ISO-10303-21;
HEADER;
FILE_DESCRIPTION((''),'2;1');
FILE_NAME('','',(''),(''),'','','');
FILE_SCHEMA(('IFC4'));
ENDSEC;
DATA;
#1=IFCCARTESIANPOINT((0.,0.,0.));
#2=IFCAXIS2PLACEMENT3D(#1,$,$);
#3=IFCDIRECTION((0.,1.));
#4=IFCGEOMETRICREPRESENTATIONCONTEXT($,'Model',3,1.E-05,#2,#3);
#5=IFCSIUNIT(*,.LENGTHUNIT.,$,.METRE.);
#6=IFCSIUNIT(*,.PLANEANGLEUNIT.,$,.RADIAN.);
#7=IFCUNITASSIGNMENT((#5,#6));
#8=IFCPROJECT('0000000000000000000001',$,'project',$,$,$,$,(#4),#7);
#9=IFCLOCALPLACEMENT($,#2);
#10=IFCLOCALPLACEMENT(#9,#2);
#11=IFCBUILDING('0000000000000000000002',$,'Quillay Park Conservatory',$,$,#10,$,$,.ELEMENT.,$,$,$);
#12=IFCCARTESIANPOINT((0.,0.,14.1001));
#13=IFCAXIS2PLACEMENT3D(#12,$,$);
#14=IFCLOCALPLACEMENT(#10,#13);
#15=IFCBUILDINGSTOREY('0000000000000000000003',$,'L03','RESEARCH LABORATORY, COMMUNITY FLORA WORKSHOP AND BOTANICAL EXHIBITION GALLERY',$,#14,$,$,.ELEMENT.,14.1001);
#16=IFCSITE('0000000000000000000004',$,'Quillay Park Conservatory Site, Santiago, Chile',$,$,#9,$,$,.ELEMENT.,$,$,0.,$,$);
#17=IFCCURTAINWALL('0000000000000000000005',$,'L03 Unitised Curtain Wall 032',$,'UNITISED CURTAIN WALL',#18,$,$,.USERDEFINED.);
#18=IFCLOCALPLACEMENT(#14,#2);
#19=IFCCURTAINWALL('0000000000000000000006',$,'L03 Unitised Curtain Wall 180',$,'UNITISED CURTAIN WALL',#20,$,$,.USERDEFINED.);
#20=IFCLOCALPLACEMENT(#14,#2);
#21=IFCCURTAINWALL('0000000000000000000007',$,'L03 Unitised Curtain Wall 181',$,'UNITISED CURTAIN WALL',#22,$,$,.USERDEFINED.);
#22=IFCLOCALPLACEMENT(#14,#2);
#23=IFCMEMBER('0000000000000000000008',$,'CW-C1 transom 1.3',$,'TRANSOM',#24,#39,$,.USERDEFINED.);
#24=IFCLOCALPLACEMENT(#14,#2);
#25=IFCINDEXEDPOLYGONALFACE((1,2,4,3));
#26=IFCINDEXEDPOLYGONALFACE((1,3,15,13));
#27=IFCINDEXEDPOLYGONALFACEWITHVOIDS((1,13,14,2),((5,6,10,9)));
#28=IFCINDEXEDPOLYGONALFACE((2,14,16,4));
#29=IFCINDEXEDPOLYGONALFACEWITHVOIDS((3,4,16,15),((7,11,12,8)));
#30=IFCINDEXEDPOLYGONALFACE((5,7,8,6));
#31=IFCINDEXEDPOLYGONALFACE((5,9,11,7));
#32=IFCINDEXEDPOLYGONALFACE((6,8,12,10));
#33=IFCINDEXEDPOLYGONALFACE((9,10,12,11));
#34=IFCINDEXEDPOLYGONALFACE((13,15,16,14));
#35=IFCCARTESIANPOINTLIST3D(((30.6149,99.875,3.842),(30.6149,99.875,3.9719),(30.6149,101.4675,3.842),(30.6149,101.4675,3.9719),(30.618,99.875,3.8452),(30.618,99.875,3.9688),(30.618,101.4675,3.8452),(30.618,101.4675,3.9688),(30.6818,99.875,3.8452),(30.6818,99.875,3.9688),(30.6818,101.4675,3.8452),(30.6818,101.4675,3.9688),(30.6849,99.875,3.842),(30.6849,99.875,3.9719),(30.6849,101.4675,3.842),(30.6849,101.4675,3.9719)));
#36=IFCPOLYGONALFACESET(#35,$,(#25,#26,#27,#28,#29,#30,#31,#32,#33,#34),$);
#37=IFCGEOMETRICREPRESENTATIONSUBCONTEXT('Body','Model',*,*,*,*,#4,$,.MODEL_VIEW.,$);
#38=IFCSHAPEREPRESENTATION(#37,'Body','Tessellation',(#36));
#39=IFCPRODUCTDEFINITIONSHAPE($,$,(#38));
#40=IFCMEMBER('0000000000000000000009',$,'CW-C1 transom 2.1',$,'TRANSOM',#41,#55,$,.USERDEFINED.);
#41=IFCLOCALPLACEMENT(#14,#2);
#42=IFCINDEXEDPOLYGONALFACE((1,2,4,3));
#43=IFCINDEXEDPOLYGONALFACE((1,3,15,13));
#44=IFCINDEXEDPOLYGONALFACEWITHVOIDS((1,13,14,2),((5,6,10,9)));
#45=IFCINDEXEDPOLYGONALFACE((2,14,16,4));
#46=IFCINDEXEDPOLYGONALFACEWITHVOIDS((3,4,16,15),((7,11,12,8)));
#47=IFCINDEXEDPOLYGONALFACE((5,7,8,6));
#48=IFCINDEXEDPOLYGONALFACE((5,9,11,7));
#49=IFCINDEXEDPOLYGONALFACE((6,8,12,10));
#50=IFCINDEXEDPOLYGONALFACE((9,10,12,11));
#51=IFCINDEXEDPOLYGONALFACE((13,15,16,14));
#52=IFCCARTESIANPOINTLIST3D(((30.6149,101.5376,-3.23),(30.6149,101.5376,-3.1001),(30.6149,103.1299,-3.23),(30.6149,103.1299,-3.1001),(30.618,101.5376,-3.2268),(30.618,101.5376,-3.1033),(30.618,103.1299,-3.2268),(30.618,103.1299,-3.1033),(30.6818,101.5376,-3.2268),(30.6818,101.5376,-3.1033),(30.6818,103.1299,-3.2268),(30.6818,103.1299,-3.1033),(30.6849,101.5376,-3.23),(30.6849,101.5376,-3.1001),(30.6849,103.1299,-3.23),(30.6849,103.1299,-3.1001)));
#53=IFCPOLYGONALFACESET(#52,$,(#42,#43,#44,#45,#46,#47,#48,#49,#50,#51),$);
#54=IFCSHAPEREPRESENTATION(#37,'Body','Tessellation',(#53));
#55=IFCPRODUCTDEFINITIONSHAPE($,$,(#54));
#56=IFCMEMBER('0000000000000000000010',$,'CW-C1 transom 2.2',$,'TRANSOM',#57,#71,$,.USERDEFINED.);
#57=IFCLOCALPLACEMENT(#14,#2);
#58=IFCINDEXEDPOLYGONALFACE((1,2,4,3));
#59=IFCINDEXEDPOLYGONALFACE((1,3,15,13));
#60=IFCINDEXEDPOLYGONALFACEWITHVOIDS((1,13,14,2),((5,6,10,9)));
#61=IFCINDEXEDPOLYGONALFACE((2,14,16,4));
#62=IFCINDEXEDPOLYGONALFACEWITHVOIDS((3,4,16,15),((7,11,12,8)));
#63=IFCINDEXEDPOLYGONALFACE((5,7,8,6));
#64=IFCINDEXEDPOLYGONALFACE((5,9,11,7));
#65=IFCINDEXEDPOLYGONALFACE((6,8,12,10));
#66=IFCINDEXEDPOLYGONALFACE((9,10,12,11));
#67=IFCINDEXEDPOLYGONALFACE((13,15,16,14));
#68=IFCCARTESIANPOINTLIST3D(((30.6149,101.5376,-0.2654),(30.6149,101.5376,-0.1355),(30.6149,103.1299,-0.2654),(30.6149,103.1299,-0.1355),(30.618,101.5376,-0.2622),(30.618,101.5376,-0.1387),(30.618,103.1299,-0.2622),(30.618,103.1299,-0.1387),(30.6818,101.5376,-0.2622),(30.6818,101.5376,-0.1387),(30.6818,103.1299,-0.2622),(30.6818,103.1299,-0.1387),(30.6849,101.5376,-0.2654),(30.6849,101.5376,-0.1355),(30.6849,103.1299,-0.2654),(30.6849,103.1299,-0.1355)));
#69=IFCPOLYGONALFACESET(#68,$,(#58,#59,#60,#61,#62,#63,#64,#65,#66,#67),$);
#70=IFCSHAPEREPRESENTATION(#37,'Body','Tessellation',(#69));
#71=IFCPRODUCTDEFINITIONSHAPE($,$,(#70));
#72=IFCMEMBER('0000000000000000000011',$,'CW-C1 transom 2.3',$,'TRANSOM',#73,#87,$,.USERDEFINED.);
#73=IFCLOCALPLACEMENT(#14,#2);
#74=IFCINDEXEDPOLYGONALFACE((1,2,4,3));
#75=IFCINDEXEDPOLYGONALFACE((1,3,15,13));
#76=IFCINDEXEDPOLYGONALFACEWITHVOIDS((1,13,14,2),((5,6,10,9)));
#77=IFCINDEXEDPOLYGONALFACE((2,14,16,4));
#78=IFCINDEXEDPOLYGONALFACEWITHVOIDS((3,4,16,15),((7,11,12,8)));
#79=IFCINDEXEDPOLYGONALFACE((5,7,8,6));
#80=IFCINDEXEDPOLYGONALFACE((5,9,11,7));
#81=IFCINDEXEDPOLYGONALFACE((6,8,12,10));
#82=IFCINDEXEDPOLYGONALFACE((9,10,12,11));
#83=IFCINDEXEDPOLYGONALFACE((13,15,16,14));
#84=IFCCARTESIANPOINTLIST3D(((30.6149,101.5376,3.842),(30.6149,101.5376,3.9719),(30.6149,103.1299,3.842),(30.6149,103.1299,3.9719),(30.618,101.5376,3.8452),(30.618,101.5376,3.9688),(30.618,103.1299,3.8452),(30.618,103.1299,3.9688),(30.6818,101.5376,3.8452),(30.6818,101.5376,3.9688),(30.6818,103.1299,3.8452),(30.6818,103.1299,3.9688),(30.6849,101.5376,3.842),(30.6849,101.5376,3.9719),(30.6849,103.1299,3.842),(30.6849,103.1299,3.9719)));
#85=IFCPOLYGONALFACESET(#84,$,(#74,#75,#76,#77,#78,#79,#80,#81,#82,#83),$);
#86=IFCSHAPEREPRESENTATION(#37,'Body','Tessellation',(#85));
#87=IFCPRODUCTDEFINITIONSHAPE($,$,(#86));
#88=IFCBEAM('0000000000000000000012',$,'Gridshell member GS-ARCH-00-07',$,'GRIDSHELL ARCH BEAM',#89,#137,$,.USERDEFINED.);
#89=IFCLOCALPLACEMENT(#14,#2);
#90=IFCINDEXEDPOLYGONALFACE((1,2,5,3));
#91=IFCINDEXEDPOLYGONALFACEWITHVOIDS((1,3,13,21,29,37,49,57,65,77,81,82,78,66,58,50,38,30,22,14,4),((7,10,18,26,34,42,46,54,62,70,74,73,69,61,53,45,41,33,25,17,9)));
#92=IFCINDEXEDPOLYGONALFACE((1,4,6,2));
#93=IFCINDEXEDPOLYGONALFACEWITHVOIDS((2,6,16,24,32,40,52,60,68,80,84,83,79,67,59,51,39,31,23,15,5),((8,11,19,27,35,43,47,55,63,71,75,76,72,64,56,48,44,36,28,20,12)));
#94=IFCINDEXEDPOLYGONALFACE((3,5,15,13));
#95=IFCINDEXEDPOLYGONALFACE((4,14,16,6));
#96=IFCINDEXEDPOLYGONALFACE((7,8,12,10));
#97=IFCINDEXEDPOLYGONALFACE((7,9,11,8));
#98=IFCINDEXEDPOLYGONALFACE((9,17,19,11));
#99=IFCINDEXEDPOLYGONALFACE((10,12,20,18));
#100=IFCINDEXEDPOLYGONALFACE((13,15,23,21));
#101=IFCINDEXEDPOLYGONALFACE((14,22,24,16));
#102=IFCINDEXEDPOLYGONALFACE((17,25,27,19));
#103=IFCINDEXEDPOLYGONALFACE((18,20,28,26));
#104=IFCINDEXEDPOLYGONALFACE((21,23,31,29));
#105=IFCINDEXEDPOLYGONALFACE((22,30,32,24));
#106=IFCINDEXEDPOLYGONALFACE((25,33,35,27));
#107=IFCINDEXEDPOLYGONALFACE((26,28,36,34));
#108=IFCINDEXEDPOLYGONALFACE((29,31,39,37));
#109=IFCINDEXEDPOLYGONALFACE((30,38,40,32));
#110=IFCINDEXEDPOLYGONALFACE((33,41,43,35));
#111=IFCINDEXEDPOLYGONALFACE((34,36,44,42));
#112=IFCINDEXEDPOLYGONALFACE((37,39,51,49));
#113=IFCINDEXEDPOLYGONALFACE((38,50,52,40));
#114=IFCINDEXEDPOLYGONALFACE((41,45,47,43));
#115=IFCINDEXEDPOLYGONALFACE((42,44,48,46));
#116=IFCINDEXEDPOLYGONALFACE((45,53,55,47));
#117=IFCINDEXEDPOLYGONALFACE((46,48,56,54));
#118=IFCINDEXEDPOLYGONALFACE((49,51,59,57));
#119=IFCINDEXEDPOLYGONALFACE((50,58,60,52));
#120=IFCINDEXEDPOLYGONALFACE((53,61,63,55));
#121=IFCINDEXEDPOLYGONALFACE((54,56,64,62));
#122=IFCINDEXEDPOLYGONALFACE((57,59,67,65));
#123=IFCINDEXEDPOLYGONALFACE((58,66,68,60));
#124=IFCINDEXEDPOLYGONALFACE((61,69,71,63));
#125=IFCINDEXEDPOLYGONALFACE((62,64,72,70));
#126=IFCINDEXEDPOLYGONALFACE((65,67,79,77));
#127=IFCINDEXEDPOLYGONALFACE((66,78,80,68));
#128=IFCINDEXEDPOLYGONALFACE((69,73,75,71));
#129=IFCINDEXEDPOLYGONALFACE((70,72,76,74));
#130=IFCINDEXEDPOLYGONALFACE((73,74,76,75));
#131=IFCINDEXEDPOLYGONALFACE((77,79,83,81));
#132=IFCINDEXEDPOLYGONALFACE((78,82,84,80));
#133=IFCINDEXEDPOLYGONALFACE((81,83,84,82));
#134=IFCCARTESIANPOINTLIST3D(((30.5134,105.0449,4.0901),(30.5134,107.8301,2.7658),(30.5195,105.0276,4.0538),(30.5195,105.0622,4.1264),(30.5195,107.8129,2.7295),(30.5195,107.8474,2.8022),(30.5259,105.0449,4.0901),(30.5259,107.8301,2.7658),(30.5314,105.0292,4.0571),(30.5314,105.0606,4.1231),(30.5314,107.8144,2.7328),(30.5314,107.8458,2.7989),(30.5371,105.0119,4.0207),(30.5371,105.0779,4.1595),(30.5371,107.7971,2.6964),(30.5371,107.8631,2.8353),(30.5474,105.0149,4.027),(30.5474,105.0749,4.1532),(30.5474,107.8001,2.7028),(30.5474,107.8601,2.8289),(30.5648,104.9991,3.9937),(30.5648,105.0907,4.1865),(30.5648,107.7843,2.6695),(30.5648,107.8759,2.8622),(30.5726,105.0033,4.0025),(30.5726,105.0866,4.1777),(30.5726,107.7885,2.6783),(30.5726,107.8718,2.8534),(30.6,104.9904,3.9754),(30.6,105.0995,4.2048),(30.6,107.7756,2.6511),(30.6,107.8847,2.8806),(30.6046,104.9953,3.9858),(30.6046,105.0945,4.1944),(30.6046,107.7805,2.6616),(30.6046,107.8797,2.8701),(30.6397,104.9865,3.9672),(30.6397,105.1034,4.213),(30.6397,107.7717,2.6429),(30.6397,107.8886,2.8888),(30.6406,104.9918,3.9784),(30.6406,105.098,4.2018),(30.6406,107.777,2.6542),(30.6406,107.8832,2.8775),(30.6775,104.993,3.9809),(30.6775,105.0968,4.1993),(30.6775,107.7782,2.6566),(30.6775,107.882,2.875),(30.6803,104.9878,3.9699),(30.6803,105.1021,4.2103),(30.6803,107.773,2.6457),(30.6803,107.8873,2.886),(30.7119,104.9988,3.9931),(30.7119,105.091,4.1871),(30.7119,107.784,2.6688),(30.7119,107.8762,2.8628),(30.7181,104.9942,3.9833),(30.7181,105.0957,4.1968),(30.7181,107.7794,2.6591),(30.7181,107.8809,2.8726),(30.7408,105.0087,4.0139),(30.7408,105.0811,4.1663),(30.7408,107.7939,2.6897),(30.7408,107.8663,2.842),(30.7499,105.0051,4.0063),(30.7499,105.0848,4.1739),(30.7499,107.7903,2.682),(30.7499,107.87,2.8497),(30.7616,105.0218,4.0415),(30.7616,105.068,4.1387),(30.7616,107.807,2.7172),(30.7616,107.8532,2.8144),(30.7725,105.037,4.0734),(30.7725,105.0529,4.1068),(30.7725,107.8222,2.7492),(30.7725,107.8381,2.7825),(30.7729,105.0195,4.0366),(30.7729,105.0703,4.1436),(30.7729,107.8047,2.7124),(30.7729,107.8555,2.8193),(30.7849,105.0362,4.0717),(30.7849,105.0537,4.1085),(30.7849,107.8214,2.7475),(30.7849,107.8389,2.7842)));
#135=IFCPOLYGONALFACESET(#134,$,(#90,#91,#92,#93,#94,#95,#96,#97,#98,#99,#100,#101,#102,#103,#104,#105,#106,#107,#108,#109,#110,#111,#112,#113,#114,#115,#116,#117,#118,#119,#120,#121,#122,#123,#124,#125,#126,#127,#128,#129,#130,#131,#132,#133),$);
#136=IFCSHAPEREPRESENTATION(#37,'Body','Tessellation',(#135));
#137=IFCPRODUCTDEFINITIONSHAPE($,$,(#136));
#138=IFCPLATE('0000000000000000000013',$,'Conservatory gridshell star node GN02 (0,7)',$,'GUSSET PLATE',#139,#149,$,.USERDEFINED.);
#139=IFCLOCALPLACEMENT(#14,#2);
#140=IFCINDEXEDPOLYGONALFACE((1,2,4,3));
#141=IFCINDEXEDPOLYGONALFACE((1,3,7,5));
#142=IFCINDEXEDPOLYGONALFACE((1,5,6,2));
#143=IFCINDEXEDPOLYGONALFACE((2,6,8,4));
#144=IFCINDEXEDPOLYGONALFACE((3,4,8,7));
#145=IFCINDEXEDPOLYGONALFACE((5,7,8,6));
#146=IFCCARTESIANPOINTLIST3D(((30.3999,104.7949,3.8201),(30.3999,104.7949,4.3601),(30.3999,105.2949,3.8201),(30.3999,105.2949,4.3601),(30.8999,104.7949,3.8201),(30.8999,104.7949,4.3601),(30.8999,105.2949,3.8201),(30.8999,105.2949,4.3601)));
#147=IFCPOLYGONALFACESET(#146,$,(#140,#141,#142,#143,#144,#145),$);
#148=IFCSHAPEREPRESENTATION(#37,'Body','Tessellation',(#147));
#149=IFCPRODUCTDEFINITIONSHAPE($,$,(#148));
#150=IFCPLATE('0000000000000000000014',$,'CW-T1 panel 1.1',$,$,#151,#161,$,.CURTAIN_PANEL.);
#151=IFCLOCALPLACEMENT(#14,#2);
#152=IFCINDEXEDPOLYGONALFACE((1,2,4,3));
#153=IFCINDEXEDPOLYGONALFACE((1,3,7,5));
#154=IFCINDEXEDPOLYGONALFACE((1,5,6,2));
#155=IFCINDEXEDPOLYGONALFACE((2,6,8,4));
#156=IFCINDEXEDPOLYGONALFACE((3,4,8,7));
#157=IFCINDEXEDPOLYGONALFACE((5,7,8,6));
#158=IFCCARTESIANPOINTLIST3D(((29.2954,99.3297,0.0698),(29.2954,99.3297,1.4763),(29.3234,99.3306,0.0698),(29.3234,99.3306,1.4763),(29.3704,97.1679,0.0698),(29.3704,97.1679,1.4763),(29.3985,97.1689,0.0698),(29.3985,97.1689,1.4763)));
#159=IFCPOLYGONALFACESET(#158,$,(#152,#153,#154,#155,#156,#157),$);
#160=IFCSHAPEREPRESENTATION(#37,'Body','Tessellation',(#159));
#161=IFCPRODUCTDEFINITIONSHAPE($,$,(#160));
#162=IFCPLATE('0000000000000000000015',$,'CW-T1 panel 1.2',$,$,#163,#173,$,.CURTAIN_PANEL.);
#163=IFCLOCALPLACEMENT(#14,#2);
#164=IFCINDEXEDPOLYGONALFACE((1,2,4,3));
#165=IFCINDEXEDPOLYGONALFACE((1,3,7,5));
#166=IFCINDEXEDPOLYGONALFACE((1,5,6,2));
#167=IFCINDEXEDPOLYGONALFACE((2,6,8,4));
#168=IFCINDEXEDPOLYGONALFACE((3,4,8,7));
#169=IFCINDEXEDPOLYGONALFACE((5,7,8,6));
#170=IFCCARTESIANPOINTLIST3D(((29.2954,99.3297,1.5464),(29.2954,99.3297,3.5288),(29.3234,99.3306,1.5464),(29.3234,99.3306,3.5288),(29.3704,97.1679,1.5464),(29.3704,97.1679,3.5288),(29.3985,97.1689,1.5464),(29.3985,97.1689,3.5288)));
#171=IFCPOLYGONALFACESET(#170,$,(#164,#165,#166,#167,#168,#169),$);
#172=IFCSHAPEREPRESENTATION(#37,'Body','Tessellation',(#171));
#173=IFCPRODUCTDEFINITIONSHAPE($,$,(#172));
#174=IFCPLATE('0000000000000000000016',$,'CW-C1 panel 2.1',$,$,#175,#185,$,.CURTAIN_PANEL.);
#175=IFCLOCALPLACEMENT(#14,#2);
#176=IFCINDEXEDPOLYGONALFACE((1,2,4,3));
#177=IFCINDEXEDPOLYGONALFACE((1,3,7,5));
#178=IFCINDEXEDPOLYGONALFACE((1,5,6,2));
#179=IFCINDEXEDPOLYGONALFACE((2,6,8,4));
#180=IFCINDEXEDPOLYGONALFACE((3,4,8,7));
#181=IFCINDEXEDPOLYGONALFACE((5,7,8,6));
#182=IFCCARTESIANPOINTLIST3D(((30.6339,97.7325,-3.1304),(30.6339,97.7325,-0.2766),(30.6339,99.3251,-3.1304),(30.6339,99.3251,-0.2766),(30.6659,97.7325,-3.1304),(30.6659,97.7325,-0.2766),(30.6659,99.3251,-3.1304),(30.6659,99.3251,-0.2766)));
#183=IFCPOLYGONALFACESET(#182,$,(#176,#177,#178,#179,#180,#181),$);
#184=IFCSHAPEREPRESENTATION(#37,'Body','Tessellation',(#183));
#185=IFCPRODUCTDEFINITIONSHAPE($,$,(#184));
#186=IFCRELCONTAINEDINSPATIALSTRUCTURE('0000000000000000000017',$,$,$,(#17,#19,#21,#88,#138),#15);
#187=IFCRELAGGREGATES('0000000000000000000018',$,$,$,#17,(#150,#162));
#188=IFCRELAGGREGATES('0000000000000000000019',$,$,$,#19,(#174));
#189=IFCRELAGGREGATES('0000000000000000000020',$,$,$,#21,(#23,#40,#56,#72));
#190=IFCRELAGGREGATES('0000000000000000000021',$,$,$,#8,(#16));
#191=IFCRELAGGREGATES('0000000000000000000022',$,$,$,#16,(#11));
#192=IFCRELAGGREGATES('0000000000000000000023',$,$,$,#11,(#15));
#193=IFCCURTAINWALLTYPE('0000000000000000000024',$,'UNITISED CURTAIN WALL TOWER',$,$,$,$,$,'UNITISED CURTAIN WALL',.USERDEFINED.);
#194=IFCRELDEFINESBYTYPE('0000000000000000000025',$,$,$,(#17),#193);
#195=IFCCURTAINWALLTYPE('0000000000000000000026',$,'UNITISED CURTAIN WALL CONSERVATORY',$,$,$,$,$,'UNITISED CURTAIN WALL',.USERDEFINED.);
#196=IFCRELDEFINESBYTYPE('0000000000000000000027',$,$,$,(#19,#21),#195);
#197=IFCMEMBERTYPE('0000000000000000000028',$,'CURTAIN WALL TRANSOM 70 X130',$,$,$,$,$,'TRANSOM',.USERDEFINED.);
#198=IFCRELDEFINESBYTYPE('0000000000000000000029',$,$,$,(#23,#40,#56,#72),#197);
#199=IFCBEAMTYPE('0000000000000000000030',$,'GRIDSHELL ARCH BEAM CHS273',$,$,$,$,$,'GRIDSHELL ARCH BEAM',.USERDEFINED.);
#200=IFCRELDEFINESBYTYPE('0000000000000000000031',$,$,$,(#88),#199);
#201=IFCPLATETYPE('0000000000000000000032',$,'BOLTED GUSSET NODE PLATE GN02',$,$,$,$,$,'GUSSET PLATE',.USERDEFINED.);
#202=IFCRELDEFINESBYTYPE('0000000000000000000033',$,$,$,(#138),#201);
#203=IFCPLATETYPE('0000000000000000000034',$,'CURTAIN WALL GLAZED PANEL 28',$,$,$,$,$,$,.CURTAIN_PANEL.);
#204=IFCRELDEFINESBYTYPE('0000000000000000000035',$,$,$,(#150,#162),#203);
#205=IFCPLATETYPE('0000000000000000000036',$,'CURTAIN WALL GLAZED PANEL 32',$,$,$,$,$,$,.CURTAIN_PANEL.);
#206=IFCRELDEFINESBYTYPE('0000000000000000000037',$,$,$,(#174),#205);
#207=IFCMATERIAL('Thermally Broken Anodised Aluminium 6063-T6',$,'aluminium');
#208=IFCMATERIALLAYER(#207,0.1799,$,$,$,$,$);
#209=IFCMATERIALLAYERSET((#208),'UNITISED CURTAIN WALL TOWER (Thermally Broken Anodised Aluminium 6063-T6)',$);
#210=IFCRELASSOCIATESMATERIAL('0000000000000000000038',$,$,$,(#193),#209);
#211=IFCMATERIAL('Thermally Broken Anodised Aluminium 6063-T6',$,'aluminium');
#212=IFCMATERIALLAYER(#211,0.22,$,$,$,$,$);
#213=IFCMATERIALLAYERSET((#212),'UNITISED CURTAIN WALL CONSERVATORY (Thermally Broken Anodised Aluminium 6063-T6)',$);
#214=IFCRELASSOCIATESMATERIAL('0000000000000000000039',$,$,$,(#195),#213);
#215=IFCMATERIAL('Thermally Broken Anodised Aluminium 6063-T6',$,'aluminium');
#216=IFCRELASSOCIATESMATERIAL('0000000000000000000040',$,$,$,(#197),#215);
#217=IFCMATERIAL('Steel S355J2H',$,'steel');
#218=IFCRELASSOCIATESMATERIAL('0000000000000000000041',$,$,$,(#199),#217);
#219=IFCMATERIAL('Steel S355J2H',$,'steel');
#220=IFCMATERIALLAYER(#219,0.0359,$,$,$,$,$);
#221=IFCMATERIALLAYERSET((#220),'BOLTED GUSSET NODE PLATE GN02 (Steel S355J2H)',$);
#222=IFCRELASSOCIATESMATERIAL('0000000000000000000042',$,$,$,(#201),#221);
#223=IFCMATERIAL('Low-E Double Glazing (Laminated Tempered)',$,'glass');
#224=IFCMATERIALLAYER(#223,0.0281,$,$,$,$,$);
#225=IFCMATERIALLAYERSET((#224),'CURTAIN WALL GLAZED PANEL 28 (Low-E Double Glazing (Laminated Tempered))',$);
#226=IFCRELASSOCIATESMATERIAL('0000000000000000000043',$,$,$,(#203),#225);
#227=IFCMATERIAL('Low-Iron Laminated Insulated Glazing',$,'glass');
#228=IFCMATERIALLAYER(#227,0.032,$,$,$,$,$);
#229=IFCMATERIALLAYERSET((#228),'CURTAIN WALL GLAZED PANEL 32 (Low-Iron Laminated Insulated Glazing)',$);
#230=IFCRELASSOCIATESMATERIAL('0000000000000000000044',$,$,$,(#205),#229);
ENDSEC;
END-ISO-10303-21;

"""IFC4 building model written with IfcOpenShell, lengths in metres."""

from ifc_helpers import new_model, si_unit, direction, frame, origin, origin_2d, place, context, subcontext, project, spatial, rectangle, hollow_rectangle, hollow_circle, extrude, material, layer, layer_set, material_profile, profile_set, type_object, element, aggregate, save


model = new_model("IFC4")

# Units and contexts
model_context = context("Model", 3, precision=1e-05, world=origin(), true_north=direction((0.0, 1.0)))
body_context = subcontext(model_context, "Body", "Model", "MODEL_VIEW")
ifc_project = project(units=[si_unit("LENGTHUNIT", "METRE"), si_unit("PLANEANGLEUNIT", "RADIAN")], contexts=[model_context])

# Site, building, storey
site_placement = place(None, origin())
site = spatial("IfcSite", under=ifc_project, at=site_placement, Name="Quillay Park Conservatory Site, Santiago, Chile", CompositionType="ELEMENT", RefElevation=0.0)
building_placement = place(site_placement, origin())
building = spatial("IfcBuilding", under=site, at=building_placement, Name="Quillay Park Conservatory", CompositionType="ELEMENT")
storey_placement = place(building_placement, frame((0.0, 0.0, 14.1001)))
storey = spatial("IfcBuildingStorey", under=building, at=storey_placement, Name="L03", Description="RESEARCH LABORATORY, COMMUNITY FLORA WORKSHOP AND BOTANICAL EXHIBITION GALLERY", CompositionType="ELEMENT", Elevation=14.1001)

# Curtain walls
ifc_material_1 = material(Name="Thermally Broken Anodised Aluminium 6063-T6", Category="aluminium")
ifc_layer_1 = layer(ifc_material_1, 0.1799)
ifc_layer_set_1 = layer_set([ifc_layer_1], Name="UNITISED CURTAIN WALL TOWER (Thermally Broken Anodised Aluminium 6063-T6)")
curtain_wall_type_1 = type_object("IfcCurtainWallType", Name="UNITISED CURTAIN WALL TOWER", ElementType="UNITISED CURTAIN WALL", PredefinedType="USERDEFINED", material=ifc_layer_set_1)
curtain_wall_1_placement = place(storey_placement, origin())
curtain_wall_1 = element("IfcCurtainWall", 1, at=curtain_wall_1_placement, inside=storey, type_object=curtain_wall_type_1, Name="L03 Unitised Curtain Wall 032", ObjectType="UNITISED CURTAIN WALL", PredefinedType="USERDEFINED")
ifc_material_2 = material(Name="Thermally Broken Anodised Aluminium 6063-T6", Category="aluminium")
ifc_layer_2 = layer(ifc_material_2, 0.22)
ifc_layer_set_2 = layer_set([ifc_layer_2], Name="UNITISED CURTAIN WALL CONSERVATORY (Thermally Broken Anodised Aluminium 6063-T6)")
curtain_wall_type_2 = type_object("IfcCurtainWallType", Name="UNITISED CURTAIN WALL CONSERVATORY", ElementType="UNITISED CURTAIN WALL", PredefinedType="USERDEFINED", material=ifc_layer_set_2)
curtain_wall_2_placement = place(storey_placement, origin())
curtain_wall_2 = element("IfcCurtainWall", 2, at=curtain_wall_2_placement, inside=storey, type_object=curtain_wall_type_2, Name="L03 Unitised Curtain Wall 180", ObjectType="UNITISED CURTAIN WALL", PredefinedType="USERDEFINED")

# Curtain wall
curtain_wall_3_placement = place(storey_placement, origin())
curtain_wall_3 = element("IfcCurtainWall", 3, at=curtain_wall_3_placement, inside=storey, type_object=curtain_wall_type_2, Name="L03 Unitised Curtain Wall 181", ObjectType="UNITISED CURTAIN WALL", PredefinedType="USERDEFINED")

# Members
ifc_material_3 = material(Name="Thermally Broken Anodised Aluminium 6063-T6", Category="aluminium")
ifc_material_profile_1 = material_profile(ifc_material_3, hollow_rectangle(XDim=0.0701, YDim=0.1299, WallThickness=0.0032, at=origin_2d()), Name="AL70x130x3.2")
ifc_profile_set_1 = profile_set([ifc_material_profile_1], Name="Thermally Broken Anodised Aluminium 6063-T6")
member_type_1 = type_object("IfcMemberType", Name="CURTAIN WALL TRANSOM 70 X130", ElementType="TRANSOM", PredefinedType="USERDEFINED", material=ifc_profile_set_1)
member_1_placement = place(storey_placement, frame((30.6499, 99.875, 3.907), z_axis=(0.0, 1.0, 0.0), x_axis=(-1.0, 0.0, 0.0)))
member_1 = element("IfcMember", 4, at=member_1_placement, type_object=member_type_1, Name="CW-C1 transom 1.3", ObjectType="TRANSOM", PredefinedType="USERDEFINED", context=body_context, shape_type="SweptSolid", body=[
    extrude(hollow_rectangle(XDim=0.0701, YDim=0.1299, WallThickness=0.0032, at=origin_2d()), origin(), (0.0, 0.0, 1.0), 1.5925),
])
member_2_placement = place(storey_placement, frame((30.6499, 101.5376, -3.165), z_axis=(0.0, 1.0, 0.0), x_axis=(-1.0, 0.0, 0.0)))
member_2 = element("IfcMember", 5, at=member_2_placement, type_object=member_type_1, Name="CW-C1 transom 2.1", ObjectType="TRANSOM", PredefinedType="USERDEFINED", context=body_context, shape_type="SweptSolid", body=[
    extrude(hollow_rectangle(XDim=0.0701, YDim=0.1299, WallThickness=0.0032, at=origin_2d()), origin(), (0.0, 0.0, 1.0), 1.5923),
])
member_3_placement = place(storey_placement, frame((30.6499, 101.5376, -0.2004), z_axis=(0.0, 1.0, 0.0), x_axis=(-1.0, 0.0, 0.0)))
member_3 = element("IfcMember", 6, at=member_3_placement, type_object=member_type_1, Name="CW-C1 transom 2.2", ObjectType="TRANSOM", PredefinedType="USERDEFINED", context=body_context, shape_type="SweptSolid", body=[
    extrude(hollow_rectangle(XDim=0.0701, YDim=0.1299, WallThickness=0.0032, at=origin_2d()), origin(), (0.0, 0.0, 1.0), 1.5923),
])
member_4_placement = place(storey_placement, frame((30.6499, 101.5376, 3.907), z_axis=(0.0, 1.0, 0.0), x_axis=(-1.0, 0.0, 0.0)))
member_4 = element("IfcMember", 7, at=member_4_placement, type_object=member_type_1, Name="CW-C1 transom 2.3", ObjectType="TRANSOM", PredefinedType="USERDEFINED", context=body_context, shape_type="SweptSolid", body=[
    extrude(hollow_rectangle(XDim=0.0701, YDim=0.1299, WallThickness=0.0032, at=origin_2d()), origin(), (0.0, 0.0, 1.0), 1.5923),
])

# Beam
ifc_material_4 = material(Name="Steel S355J2H", Category="steel")
ifc_material_profile_2 = material_profile(ifc_material_4, hollow_circle(Radius=0.1365, WallThickness=0.0125, at=origin_2d()), Name="CHS273x12.5")
ifc_profile_set_2 = profile_set([ifc_material_profile_2], Name="Steel S355J2H")
beam_type = type_object("IfcBeamType", Name="GRIDSHELL ARCH BEAM CHS273", ElementType="GRIDSHELL ARCH BEAM", PredefinedType="USERDEFINED", material=ifc_profile_set_2)
beam_placement = place(storey_placement, frame((30.6499, 105.0449, 4.0901), z_axis=(0.0, 0.903118, -0.429393), x_axis=(-1.0, 0.0, 0.0)))
element("IfcBeam", 8, at=beam_placement, inside=storey, type_object=beam_type, Name="Gridshell member GS-ARCH-00-07", ObjectType="GRIDSHELL ARCH BEAM", PredefinedType="USERDEFINED", context=body_context, shape_type="SweptSolid", body=[
    extrude(hollow_circle(Radius=0.1365, WallThickness=0.0125, at=origin_2d()), origin(), (0.0, 0.0, 1.0), 3.084),
])

# Plates
ifc_material_5 = material(Name="Steel S355J2H", Category="steel")
ifc_layer_3 = layer(ifc_material_5, 0.0359)
ifc_layer_set_3 = layer_set([ifc_layer_3], Name="BOLTED GUSSET NODE PLATE GN02 (Steel S355J2H)")
plate_type_1 = type_object("IfcPlateType", Name="BOLTED GUSSET NODE PLATE GN02", ElementType="GUSSET PLATE", PredefinedType="USERDEFINED", material=ifc_layer_set_3)
plate_1_placement = place(storey_placement, frame((30.6499, 105.0449, 3.8201), z_axis=(0.0, 0.0, 1.0), x_axis=(1.0, 0.0, 0.0)))
element("IfcPlate", 9, at=plate_1_placement, inside=storey, type_object=plate_type_1, Name="Conservatory gridshell star node GN02 (0,7)", ObjectType="GUSSET PLATE", PredefinedType="USERDEFINED", context=body_context, shape_type="SweptSolid", body=[
    extrude(rectangle(XDim=0.5, YDim=0.5, at=origin_2d()), origin(), (0.0, 0.0, 1.0), 0.54),
])
ifc_material_6 = material(Name="Low-E Double Glazing (Laminated Tempered)", Category="glass")
ifc_layer_4 = layer(ifc_material_6, 0.0281)
ifc_layer_set_4 = layer_set([ifc_layer_4], Name="CURTAIN WALL GLAZED PANEL 28 (Low-E Double Glazing (Laminated Tempered))")
plate_type_2 = type_object("IfcPlateType", Name="CURTAIN WALL GLAZED PANEL 28", PredefinedType="CURTAIN_PANEL", material=ifc_layer_set_4)
plate_2_placement = place(storey_placement, frame((29.3469, 98.2493, 0.0698), z_axis=(0.0, 0.0, 1.0), x_axis=(0.034713, -0.999397, 0.0)))
plate_2 = element("IfcPlate", 10, at=plate_2_placement, type_object=plate_type_2, Name="CW-T1 panel 1.1", PredefinedType="CURTAIN_PANEL", context=body_context, shape_type="SweptSolid", body=[
    extrude(rectangle(XDim=2.1631, YDim=0.0281, at=origin_2d()), origin(), (0.0, 0.0, 1.0), 1.4065),
])
plate_3_placement = place(storey_placement, frame((29.3469, 98.2493, 1.5464), z_axis=(0.0, 0.0, 1.0), x_axis=(0.034713, -0.999397, 0.0)))
plate_3 = element("IfcPlate", 11, at=plate_3_placement, type_object=plate_type_2, Name="CW-T1 panel 1.2", PredefinedType="CURTAIN_PANEL", context=body_context, shape_type="SweptSolid", body=[
    extrude(rectangle(XDim=2.1631, YDim=0.0281, at=origin_2d()), origin(), (0.0, 0.0, 1.0), 1.9824),
])
aggregate(curtain_wall_1, [plate_2, plate_3])
ifc_material_7 = material(Name="Low-Iron Laminated Insulated Glazing", Category="glass")
ifc_layer_5 = layer(ifc_material_7, 0.032)
ifc_layer_set_5 = layer_set([ifc_layer_5], Name="CURTAIN WALL GLAZED PANEL 32 (Low-Iron Laminated Insulated Glazing)")
plate_type_3 = type_object("IfcPlateType", Name="CURTAIN WALL GLAZED PANEL 32", PredefinedType="CURTAIN_PANEL", material=ifc_layer_set_5)
plate_4_placement = place(storey_placement, frame((30.6499, 98.5288, -3.1304), z_axis=(0.0, 0.0, 1.0), x_axis=(0.0, 1.0, 0.0)))
plate_4 = element("IfcPlate", 12, at=plate_4_placement, type_object=plate_type_3, Name="CW-C1 panel 2.1", PredefinedType="CURTAIN_PANEL", context=body_context, shape_type="SweptSolid", body=[
    extrude(rectangle(XDim=1.5925, YDim=0.032, at=origin_2d()), origin(), (0.0, 0.0, 1.0), 2.8538),
])
aggregate(curtain_wall_2, [plate_4])
aggregate(curtain_wall_3, [member_1, member_2, member_3, member_4])

save(model, "model.ifc")
